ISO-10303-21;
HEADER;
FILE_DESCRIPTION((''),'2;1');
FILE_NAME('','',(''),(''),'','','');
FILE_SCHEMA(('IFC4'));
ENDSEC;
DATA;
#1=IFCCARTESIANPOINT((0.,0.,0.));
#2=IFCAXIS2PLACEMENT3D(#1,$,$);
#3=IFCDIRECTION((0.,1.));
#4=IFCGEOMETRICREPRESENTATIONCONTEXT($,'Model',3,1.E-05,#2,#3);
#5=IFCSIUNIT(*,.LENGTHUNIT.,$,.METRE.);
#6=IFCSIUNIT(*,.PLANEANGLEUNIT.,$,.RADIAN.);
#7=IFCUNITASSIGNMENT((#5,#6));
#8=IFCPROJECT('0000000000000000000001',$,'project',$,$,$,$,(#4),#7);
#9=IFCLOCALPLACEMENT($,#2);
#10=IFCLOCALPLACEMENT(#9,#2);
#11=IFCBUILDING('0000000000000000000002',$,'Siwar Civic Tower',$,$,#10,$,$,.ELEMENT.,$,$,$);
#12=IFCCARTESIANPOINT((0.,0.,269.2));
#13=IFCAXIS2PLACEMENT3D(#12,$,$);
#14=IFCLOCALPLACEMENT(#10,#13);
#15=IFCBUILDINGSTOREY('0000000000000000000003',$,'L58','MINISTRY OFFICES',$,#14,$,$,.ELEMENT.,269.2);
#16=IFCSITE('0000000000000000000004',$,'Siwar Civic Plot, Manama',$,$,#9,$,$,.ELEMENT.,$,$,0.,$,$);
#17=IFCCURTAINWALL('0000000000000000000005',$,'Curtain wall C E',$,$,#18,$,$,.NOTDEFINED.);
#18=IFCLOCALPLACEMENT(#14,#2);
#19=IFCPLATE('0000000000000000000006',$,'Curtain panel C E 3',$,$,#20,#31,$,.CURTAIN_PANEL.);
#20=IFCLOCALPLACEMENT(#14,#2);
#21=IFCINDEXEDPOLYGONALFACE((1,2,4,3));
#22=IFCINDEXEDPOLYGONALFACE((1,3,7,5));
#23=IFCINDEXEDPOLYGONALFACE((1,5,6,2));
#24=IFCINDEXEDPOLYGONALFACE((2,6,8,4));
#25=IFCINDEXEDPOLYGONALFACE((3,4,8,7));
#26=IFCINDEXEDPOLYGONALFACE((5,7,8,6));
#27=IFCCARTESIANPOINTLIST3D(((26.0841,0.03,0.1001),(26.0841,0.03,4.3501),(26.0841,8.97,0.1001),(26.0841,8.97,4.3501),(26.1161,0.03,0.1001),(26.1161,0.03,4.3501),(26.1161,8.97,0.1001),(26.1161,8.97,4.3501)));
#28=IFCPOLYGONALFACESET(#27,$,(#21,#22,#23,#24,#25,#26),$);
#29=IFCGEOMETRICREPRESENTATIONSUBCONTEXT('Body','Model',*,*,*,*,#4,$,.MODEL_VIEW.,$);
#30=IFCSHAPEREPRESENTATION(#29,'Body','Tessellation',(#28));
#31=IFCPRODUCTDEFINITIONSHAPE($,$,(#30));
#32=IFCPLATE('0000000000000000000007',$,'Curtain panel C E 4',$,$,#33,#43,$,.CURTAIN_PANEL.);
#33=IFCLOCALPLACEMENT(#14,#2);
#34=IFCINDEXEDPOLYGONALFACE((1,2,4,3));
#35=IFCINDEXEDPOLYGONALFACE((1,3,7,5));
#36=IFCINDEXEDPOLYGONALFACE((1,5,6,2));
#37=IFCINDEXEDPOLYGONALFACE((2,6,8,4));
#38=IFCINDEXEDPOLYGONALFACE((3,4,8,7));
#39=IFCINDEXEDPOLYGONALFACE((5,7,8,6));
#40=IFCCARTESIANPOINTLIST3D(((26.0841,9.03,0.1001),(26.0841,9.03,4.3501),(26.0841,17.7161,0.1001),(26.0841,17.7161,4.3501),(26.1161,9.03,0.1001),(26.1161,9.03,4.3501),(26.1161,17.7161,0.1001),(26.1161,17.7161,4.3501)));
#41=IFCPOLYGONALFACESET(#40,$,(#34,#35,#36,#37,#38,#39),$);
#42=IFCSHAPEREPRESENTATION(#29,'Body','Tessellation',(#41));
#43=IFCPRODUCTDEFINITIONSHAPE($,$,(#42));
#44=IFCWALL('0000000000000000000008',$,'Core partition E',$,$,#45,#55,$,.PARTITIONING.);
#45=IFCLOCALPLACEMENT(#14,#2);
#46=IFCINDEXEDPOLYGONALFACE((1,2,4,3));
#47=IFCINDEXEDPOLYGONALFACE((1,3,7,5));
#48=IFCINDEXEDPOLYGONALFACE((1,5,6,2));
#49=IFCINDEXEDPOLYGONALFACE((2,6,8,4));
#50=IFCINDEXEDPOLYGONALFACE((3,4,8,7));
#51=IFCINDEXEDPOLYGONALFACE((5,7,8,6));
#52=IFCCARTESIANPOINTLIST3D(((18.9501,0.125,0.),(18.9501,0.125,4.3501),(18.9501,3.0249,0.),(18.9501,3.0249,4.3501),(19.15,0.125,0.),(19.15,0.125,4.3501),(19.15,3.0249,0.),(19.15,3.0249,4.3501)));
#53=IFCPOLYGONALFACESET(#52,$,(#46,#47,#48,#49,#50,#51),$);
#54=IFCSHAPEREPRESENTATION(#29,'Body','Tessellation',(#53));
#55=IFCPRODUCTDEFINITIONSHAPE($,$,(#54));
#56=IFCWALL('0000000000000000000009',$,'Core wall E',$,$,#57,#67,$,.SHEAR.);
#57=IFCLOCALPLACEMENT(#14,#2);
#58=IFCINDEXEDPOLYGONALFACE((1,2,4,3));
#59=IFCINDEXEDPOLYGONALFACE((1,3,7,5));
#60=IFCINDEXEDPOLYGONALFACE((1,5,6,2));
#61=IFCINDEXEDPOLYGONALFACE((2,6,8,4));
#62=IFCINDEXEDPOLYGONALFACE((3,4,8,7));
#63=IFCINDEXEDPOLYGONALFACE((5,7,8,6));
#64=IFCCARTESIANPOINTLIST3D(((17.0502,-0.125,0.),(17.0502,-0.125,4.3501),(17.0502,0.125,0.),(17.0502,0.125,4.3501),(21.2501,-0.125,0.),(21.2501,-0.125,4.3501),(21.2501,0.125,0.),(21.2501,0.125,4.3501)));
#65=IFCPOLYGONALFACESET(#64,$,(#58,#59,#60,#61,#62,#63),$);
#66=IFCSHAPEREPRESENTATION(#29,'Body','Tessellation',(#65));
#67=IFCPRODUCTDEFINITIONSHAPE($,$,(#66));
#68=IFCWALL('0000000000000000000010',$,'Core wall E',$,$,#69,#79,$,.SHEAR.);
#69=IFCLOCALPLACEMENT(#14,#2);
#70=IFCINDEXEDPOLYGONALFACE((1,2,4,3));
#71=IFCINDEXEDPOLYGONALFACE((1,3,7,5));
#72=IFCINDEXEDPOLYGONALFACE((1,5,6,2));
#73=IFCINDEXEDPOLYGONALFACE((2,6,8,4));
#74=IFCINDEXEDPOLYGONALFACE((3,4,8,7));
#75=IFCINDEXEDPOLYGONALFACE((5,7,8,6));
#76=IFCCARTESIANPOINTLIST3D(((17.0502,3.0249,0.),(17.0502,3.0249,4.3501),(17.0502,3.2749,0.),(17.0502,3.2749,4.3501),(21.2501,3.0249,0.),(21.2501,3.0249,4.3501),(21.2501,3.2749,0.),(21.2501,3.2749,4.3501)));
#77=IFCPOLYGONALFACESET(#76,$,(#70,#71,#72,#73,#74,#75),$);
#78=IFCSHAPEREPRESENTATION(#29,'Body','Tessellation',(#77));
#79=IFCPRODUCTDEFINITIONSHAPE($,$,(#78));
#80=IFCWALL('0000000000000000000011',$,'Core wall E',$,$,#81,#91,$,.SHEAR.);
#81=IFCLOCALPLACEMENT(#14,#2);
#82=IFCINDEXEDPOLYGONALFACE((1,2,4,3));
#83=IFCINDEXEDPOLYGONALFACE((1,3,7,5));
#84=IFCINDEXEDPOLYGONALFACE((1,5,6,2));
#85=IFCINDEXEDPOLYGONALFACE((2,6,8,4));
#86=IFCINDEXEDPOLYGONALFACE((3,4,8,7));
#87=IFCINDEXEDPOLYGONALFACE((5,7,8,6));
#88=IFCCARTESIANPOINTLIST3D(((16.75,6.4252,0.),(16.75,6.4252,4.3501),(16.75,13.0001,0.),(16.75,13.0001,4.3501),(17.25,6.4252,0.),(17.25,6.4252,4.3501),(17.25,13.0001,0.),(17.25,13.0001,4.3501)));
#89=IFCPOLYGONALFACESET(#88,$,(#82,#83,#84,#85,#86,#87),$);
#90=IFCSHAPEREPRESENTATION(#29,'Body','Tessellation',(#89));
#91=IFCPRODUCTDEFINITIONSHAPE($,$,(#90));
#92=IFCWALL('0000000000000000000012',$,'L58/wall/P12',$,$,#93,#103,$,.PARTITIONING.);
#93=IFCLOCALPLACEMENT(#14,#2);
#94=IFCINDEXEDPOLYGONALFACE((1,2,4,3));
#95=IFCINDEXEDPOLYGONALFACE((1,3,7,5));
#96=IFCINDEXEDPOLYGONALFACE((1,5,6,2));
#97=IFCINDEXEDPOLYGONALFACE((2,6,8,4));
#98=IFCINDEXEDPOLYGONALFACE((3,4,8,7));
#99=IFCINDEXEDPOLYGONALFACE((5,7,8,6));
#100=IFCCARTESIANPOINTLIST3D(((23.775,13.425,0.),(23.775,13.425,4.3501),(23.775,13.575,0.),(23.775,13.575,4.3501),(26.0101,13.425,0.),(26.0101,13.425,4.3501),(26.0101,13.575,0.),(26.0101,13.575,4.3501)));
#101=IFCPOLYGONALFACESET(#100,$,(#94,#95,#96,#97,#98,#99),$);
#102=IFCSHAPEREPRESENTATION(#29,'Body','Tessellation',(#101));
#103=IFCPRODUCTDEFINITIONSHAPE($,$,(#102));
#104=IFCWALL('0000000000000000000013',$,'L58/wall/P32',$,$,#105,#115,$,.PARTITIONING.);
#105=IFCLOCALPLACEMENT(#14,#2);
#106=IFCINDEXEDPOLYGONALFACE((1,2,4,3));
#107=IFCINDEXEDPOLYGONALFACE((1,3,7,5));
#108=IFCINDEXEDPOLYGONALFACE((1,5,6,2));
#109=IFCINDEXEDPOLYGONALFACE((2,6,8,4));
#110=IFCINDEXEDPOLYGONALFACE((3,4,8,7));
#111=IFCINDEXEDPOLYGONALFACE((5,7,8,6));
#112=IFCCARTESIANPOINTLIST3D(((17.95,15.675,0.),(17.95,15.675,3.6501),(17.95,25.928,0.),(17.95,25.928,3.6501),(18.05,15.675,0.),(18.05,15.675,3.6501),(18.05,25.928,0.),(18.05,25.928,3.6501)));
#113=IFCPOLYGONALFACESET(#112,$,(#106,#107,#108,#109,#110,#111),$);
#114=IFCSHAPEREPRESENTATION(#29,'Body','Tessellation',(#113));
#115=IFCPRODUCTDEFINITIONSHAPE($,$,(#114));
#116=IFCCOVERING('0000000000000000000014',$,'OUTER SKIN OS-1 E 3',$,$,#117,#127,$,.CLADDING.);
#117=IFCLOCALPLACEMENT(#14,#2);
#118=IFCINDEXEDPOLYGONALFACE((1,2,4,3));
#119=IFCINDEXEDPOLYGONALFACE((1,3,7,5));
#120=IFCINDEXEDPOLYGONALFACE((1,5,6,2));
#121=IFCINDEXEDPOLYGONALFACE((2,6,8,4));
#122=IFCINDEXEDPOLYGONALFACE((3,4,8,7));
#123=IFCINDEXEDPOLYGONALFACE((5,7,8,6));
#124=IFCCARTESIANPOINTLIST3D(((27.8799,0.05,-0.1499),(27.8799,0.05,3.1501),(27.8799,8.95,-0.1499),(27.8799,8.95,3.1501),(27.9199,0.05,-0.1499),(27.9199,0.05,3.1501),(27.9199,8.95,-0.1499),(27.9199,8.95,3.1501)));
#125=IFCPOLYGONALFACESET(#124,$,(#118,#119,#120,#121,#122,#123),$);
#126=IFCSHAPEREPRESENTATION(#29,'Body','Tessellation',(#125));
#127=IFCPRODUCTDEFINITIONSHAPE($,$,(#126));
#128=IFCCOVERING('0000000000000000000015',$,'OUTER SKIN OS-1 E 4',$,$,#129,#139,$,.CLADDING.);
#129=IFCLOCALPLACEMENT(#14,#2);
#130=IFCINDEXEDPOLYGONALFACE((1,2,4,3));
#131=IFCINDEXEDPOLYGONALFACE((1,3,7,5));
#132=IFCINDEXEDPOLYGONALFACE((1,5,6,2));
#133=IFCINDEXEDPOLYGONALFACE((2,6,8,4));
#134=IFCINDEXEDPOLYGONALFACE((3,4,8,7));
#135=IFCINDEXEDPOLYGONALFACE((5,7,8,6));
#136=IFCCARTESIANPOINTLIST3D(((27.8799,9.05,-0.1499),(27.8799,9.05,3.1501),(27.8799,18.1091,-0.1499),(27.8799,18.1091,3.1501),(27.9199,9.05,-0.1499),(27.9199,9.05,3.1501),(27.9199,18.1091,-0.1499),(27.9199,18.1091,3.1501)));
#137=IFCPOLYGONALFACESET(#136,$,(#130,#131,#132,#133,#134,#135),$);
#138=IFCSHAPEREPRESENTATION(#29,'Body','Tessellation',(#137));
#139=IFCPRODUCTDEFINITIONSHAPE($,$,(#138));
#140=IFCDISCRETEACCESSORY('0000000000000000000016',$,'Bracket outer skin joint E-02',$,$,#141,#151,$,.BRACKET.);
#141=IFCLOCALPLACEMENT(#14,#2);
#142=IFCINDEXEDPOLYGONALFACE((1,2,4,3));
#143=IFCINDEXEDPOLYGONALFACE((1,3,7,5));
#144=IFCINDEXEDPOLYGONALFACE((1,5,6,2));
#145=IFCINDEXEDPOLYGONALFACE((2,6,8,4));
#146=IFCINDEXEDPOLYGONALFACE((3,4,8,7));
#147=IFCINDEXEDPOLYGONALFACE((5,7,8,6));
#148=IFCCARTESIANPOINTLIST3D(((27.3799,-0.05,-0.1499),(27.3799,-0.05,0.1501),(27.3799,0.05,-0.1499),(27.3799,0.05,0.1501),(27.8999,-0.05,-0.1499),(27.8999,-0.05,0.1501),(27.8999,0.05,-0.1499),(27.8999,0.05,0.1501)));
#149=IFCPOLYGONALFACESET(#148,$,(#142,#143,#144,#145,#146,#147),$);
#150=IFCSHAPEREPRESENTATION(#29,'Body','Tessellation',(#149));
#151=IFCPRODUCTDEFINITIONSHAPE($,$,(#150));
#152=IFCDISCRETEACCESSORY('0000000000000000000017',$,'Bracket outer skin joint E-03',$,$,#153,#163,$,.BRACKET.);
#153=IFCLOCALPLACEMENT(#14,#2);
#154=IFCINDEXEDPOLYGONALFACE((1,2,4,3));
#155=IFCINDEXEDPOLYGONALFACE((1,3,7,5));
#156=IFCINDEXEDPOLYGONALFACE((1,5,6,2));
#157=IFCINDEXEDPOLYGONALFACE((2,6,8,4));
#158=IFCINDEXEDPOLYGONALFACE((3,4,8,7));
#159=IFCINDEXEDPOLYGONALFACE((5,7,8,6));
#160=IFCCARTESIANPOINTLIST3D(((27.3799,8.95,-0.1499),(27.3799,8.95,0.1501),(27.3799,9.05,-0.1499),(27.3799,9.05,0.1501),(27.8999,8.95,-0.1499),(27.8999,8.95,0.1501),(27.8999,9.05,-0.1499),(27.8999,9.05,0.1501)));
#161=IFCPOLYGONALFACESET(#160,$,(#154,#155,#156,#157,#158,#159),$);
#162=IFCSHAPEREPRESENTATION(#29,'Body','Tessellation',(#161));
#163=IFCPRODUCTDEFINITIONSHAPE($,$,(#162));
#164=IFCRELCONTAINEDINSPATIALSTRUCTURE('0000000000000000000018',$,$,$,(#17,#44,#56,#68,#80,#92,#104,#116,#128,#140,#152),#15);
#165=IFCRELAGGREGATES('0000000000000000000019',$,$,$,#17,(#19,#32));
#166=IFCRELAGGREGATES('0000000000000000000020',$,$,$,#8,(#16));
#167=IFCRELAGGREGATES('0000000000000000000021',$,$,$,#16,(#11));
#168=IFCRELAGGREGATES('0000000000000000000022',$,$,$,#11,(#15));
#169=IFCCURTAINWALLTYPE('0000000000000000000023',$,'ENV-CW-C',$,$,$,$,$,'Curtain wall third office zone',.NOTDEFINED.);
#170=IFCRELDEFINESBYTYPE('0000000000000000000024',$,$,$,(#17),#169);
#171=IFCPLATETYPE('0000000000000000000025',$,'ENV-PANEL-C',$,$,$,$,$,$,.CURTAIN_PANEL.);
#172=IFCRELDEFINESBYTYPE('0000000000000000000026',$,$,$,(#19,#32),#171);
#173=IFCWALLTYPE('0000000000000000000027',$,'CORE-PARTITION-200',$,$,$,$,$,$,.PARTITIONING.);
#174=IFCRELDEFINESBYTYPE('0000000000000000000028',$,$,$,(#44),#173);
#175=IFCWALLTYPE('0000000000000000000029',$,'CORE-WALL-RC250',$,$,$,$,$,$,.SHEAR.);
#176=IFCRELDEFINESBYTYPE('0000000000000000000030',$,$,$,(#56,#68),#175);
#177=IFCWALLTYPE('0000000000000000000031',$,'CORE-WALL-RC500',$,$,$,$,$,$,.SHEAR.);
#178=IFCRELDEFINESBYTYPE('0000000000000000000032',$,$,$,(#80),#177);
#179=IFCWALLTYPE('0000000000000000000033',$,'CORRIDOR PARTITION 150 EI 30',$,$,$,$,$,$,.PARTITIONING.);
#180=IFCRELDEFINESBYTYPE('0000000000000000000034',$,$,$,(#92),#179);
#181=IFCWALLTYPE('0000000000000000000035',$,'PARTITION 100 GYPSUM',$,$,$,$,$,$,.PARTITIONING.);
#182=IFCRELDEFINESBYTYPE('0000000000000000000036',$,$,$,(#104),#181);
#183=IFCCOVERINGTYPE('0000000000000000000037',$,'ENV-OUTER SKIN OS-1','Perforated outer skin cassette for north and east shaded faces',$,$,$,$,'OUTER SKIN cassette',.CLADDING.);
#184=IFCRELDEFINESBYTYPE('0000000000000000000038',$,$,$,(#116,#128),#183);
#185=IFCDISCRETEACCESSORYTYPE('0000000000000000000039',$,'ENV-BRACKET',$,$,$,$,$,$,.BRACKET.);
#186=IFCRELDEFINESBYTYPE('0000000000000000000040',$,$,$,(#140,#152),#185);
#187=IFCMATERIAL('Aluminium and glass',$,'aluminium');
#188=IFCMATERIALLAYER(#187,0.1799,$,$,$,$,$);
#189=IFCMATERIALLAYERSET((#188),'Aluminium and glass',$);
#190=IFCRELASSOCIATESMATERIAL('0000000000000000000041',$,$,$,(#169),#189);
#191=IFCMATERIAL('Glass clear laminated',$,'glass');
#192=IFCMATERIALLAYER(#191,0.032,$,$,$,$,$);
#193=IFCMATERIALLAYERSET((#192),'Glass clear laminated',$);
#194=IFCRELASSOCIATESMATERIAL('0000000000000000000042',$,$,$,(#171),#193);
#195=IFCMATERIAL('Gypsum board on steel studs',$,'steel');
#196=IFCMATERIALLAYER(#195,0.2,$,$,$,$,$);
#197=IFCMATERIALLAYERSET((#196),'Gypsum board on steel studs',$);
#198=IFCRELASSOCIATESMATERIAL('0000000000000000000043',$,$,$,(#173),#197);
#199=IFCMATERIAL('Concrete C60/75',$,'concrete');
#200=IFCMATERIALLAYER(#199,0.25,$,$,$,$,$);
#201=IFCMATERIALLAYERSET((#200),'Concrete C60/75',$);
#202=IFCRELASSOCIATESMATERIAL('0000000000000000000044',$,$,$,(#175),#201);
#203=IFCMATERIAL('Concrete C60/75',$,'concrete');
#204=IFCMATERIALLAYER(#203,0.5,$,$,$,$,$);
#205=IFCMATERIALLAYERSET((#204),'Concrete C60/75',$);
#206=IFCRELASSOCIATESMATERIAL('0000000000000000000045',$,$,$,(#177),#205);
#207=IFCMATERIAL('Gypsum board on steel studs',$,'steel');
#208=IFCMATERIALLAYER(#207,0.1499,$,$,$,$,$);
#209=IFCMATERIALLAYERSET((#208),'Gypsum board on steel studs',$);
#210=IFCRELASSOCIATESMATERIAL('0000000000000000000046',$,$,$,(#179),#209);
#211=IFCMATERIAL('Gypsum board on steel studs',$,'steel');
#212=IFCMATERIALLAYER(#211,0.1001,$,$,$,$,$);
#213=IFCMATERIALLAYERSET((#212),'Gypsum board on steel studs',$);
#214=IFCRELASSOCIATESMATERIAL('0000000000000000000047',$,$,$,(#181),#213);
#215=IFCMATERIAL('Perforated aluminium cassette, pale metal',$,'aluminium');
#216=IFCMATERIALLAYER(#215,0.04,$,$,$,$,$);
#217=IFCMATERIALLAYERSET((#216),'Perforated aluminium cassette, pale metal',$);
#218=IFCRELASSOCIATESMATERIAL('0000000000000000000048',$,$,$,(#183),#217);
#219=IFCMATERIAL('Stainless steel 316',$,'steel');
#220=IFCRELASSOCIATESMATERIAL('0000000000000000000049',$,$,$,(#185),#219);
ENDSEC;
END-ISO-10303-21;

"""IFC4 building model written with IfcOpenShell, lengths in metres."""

from ifc_helpers import new_model, si_unit, direction, frame, frame_2d, origin, origin_2d, place, context, subcontext, project, spatial, rectangle, extrude, material, layer, layer_set, type_object, element, aggregate, save


model = new_model("IFC4")

# Units and contexts
model_context = context("Model", 3, precision=1e-05, world=origin(), true_north=direction((0.0, 1.0)))
body_context = subcontext(model_context, "Body", "Model", "MODEL_VIEW")
ifc_project = project(units=[si_unit("LENGTHUNIT", "METRE"), si_unit("PLANEANGLEUNIT", "RADIAN")], contexts=[model_context])

# Site, building, storey
site_placement = place(None, origin())
site = spatial("IfcSite", under=ifc_project, at=site_placement, Name="Siwar Civic Plot, Manama", CompositionType="ELEMENT", RefElevation=0.0)
building_placement = place(site_placement, origin())
building = spatial("IfcBuilding", under=site, at=building_placement, Name="Siwar Civic Tower", CompositionType="ELEMENT")
storey_placement = place(building_placement, frame((0.0, 0.0, 269.2)))
storey = spatial("IfcBuildingStorey", under=building, at=storey_placement, Name="L58", Description="MINISTRY OFFICES", CompositionType="ELEMENT", Elevation=269.2)

# Curtain wall
ifc_material_1 = material(Name="Aluminium and glass", Category="aluminium")
ifc_layer_1 = layer(ifc_material_1, 0.1799)
ifc_layer_set_1 = layer_set([ifc_layer_1], Name="Aluminium and glass")
curtain_wall_type_1 = type_object("IfcCurtainWallType", Name="ENV-CW-C", ElementType="Curtain wall third office zone", PredefinedType="NOTDEFINED", material=ifc_layer_set_1)
curtain_wall_1_placement = place(storey_placement, origin())
curtain_wall_1 = element("IfcCurtainWall", 1, at=curtain_wall_1_placement, inside=storey, type_object=curtain_wall_type_1, Name="Curtain wall C E", PredefinedType="NOTDEFINED")

# Plates
ifc_material_2 = material(Name="Glass clear laminated", Category="glass")
ifc_layer_2 = layer(ifc_material_2, 0.032)
ifc_layer_set_2 = layer_set([ifc_layer_2], Name="Glass clear laminated")
plate_type = type_object("IfcPlateType", Name="ENV-PANEL-C", PredefinedType="CURTAIN_PANEL", material=ifc_layer_set_2)
plate_1_placement = place(storey_placement, frame((26.1001, 4.5, 0.1001), z_axis=(0.0, 0.0, 1.0), x_axis=(0.0, 1.0, 0.0)))
plate_1 = element("IfcPlate", 2, at=plate_1_placement, type_object=plate_type, Name="Curtain panel C E 3", PredefinedType="CURTAIN_PANEL", context=body_context, shape_type="SweptSolid", body=[
    extrude(rectangle(XDim=8.9399, YDim=0.032, at=origin_2d()), origin(), (0.0, 0.0, 1.0), 4.25),
])
plate_2_placement = place(storey_placement, frame((26.1001, 13.373, 0.1001), z_axis=(0.0, 0.0, 1.0), x_axis=(0.0, 1.0, 0.0)))
plate_2 = element("IfcPlate", 3, at=plate_2_placement, type_object=plate_type, Name="Curtain panel C E 4", PredefinedType="CURTAIN_PANEL", context=body_context, shape_type="SweptSolid", body=[
    extrude(rectangle(XDim=8.686, YDim=0.032, at=origin_2d()), origin(), (0.0, 0.0, 1.0), 4.25),
])
aggregate(curtain_wall_1, [plate_1, plate_2])

# Walls
ifc_material_3 = material(Name="Gypsum board on steel studs", Category="steel")
ifc_layer_3 = layer(ifc_material_3, 0.2)
ifc_layer_set_3 = layer_set([ifc_layer_3], Name="Gypsum board on steel studs")
wall_type_1 = type_object("IfcWallType", Name="CORE-PARTITION-200", PredefinedType="PARTITIONING", material=ifc_layer_set_3)
wall_1_placement = place(storey_placement, frame((19.05, 0.125, 0.0), z_axis=(0.0, 0.0, 1.0), x_axis=(0.0, 1.0, 0.0)))
element("IfcWall", 4, at=wall_1_placement, inside=storey, type_object=wall_type_1, Name="Core partition E", PredefinedType="PARTITIONING", context=body_context, shape_type="SweptSolid", body=[
    extrude(rectangle(XDim=2.8999, YDim=0.2, at=frame_2d((1.45, 0.0))), origin(), (0.0, 0.0, 1.0), 4.3501),
])
ifc_material_4 = material(Name="Concrete C60/75", Category="concrete")
ifc_layer_4 = layer(ifc_material_4, 0.25)
ifc_layer_set_4 = layer_set([ifc_layer_4], Name="Concrete C60/75")
wall_type_2 = type_object("IfcWallType", Name="CORE-WALL-RC250", PredefinedType="SHEAR", material=ifc_layer_set_4)
for number, where, z_axis, x_axis, name in (
    (5, (17.05, 0.0, 0.0), (0.0, 0.0, 1.0), (1.0, 0.0, 0.0), "Core wall E"),
    (6, (17.05, 3.1499, 0.0), (0.0, 0.0, 1.0), (1.0, 0.0, 0.0), "Core wall E"),
):
    element("IfcWall", number, at=place(storey_placement, frame(where, z_axis=z_axis, x_axis=x_axis)), inside=storey, type_object=wall_type_2, Name=name, PredefinedType="SHEAR", context=body_context, shape_type="SweptSolid", body=[
        extrude(rectangle(XDim=4.2, YDim=0.25, at=frame_2d((2.1001, 0.0))), origin(), (0.0, 0.0, 1.0), 4.3501),
    ])
ifc_material_5 = material(Name="Concrete C60/75", Category="concrete")
ifc_layer_5 = layer(ifc_material_5, 0.5)
ifc_layer_set_5 = layer_set([ifc_layer_5], Name="Concrete C60/75")
wall_type_3 = type_object("IfcWallType", Name="CORE-WALL-RC500", PredefinedType="SHEAR", material=ifc_layer_set_5)
wall_2_placement = place(storey_placement, frame((17.0, 6.425, 0.0), z_axis=(0.0, 0.0, 1.0), x_axis=(0.0, 1.0, 0.0)))
element("IfcWall", 7, at=wall_2_placement, inside=storey, type_object=wall_type_3, Name="Core wall E", PredefinedType="SHEAR", context=body_context, shape_type="SweptSolid", body=[
    extrude(rectangle(XDim=6.575, YDim=0.5, at=frame_2d((3.2876, 0.0))), origin(), (0.0, 0.0, 1.0), 4.3501),
])
ifc_material_6 = material(Name="Gypsum board on steel studs", Category="steel")
ifc_layer_6 = layer(ifc_material_6, 0.1499)
ifc_layer_set_6 = layer_set([ifc_layer_6], Name="Gypsum board on steel studs")
wall_type_4 = type_object("IfcWallType", Name="CORRIDOR PARTITION 150 EI 30", PredefinedType="PARTITIONING", material=ifc_layer_set_6)
wall_3_placement = place(storey_placement, frame((23.7749, 13.5, 0.0), z_axis=(0.0, 0.0, 1.0), x_axis=(1.0, 0.0, 0.0)))
element("IfcWall", 8, at=wall_3_placement, inside=storey, type_object=wall_type_4, Name="L58/wall/P12", PredefinedType="PARTITIONING", context=body_context, shape_type="SweptSolid", body=[
    extrude(rectangle(XDim=2.2351, YDim=0.1499, at=frame_2d((1.1177, 0.0))), origin(), (0.0, 0.0, 1.0), 4.3501),
])
ifc_material_7 = material(Name="Gypsum board on steel studs", Category="steel")
ifc_layer_7 = layer(ifc_material_7, 0.1001)
ifc_layer_set_7 = layer_set([ifc_layer_7], Name="Gypsum board on steel studs")
wall_type_5 = type_object("IfcWallType", Name="PARTITION 100 GYPSUM", PredefinedType="PARTITIONING", material=ifc_layer_set_7)
wall_4_placement = place(storey_placement, frame((18.0, 15.675, 0.0), z_axis=(0.0, 0.0, 1.0), x_axis=(0.0, 1.0, 0.0)))
element("IfcWall", 9, at=wall_4_placement, inside=storey, type_object=wall_type_5, Name="L58/wall/P32", PredefinedType="PARTITIONING", context=body_context, shape_type="SweptSolid", body=[
    extrude(rectangle(XDim=10.2529, YDim=0.1001, at=frame_2d((5.1265, 0.0))), origin(), (0.0, 0.0, 1.0), 3.6501),
])

# Coverings
ifc_material_8 = material(Name="Perforated aluminium cassette, pale metal", Category="aluminium")
ifc_layer_8 = layer(ifc_material_8, 0.04)
ifc_layer_set_8 = layer_set([ifc_layer_8], Name="Perforated aluminium cassette, pale metal")
covering_type = type_object("IfcCoveringType", Name="ENV-OUTER SKIN OS-1", Description="Perforated outer skin cassette for north and east shaded faces", ElementType="OUTER SKIN cassette", PredefinedType="CLADDING", material=ifc_layer_set_8)
covering_1_placement = place(storey_placement, frame((27.8999, 4.5, -0.1499), z_axis=(0.0, 0.0, 1.0), x_axis=(0.0, 1.0, 0.0)))
element("IfcCovering", 10, at=covering_1_placement, inside=storey, type_object=covering_type, Name="OUTER SKIN OS-1 E 3", PredefinedType="CLADDING", context=body_context, shape_type="SweptSolid", body=[
    extrude(rectangle(XDim=8.8999, YDim=0.04, at=origin_2d()), origin(), (0.0, 0.0, 1.0), 3.3),
])
covering_2_placement = place(storey_placement, frame((27.8999, 13.5796, -0.1499), z_axis=(0.0, 0.0, 1.0), x_axis=(0.0, 1.0, 0.0)))
element("IfcCovering", 11, at=covering_2_placement, inside=storey, type_object=covering_type, Name="OUTER SKIN OS-1 E 4", PredefinedType="CLADDING", context=body_context, shape_type="SweptSolid", body=[
    extrude(rectangle(XDim=9.0591, YDim=0.04, at=origin_2d()), origin(), (0.0, 0.0, 1.0), 3.3),
])

# Discrete accessories
ifc_material_9 = material(Name="Stainless steel 316", Category="steel")
discrete_accessory_type = type_object("IfcDiscreteAccessoryType", Name="ENV-BRACKET", PredefinedType="BRACKET", material=ifc_material_9)
for number, where, z_axis, x_axis, name in (
    (12, (27.6399, 0.0, -0.1499), (0.0, 0.0, 1.0), (1.0, 0.0, 0.0), "Bracket outer skin joint E-02"),
    (13, (27.6399, 9.0, -0.1499), (0.0, 0.0, 1.0), (1.0, 0.0, 0.0), "Bracket outer skin joint E-03"),
):
    element("IfcDiscreteAccessory", number, at=place(storey_placement, frame(where, z_axis=z_axis, x_axis=x_axis)), inside=storey, type_object=discrete_accessory_type, Name=name, PredefinedType="BRACKET", context=body_context, shape_type="SweptSolid", body=[
        extrude(rectangle(XDim=0.52, YDim=0.1001, at=origin_2d()), origin(), (0.0, 0.0, 1.0), 0.3),
    ])

save(model, "model.ifc")
